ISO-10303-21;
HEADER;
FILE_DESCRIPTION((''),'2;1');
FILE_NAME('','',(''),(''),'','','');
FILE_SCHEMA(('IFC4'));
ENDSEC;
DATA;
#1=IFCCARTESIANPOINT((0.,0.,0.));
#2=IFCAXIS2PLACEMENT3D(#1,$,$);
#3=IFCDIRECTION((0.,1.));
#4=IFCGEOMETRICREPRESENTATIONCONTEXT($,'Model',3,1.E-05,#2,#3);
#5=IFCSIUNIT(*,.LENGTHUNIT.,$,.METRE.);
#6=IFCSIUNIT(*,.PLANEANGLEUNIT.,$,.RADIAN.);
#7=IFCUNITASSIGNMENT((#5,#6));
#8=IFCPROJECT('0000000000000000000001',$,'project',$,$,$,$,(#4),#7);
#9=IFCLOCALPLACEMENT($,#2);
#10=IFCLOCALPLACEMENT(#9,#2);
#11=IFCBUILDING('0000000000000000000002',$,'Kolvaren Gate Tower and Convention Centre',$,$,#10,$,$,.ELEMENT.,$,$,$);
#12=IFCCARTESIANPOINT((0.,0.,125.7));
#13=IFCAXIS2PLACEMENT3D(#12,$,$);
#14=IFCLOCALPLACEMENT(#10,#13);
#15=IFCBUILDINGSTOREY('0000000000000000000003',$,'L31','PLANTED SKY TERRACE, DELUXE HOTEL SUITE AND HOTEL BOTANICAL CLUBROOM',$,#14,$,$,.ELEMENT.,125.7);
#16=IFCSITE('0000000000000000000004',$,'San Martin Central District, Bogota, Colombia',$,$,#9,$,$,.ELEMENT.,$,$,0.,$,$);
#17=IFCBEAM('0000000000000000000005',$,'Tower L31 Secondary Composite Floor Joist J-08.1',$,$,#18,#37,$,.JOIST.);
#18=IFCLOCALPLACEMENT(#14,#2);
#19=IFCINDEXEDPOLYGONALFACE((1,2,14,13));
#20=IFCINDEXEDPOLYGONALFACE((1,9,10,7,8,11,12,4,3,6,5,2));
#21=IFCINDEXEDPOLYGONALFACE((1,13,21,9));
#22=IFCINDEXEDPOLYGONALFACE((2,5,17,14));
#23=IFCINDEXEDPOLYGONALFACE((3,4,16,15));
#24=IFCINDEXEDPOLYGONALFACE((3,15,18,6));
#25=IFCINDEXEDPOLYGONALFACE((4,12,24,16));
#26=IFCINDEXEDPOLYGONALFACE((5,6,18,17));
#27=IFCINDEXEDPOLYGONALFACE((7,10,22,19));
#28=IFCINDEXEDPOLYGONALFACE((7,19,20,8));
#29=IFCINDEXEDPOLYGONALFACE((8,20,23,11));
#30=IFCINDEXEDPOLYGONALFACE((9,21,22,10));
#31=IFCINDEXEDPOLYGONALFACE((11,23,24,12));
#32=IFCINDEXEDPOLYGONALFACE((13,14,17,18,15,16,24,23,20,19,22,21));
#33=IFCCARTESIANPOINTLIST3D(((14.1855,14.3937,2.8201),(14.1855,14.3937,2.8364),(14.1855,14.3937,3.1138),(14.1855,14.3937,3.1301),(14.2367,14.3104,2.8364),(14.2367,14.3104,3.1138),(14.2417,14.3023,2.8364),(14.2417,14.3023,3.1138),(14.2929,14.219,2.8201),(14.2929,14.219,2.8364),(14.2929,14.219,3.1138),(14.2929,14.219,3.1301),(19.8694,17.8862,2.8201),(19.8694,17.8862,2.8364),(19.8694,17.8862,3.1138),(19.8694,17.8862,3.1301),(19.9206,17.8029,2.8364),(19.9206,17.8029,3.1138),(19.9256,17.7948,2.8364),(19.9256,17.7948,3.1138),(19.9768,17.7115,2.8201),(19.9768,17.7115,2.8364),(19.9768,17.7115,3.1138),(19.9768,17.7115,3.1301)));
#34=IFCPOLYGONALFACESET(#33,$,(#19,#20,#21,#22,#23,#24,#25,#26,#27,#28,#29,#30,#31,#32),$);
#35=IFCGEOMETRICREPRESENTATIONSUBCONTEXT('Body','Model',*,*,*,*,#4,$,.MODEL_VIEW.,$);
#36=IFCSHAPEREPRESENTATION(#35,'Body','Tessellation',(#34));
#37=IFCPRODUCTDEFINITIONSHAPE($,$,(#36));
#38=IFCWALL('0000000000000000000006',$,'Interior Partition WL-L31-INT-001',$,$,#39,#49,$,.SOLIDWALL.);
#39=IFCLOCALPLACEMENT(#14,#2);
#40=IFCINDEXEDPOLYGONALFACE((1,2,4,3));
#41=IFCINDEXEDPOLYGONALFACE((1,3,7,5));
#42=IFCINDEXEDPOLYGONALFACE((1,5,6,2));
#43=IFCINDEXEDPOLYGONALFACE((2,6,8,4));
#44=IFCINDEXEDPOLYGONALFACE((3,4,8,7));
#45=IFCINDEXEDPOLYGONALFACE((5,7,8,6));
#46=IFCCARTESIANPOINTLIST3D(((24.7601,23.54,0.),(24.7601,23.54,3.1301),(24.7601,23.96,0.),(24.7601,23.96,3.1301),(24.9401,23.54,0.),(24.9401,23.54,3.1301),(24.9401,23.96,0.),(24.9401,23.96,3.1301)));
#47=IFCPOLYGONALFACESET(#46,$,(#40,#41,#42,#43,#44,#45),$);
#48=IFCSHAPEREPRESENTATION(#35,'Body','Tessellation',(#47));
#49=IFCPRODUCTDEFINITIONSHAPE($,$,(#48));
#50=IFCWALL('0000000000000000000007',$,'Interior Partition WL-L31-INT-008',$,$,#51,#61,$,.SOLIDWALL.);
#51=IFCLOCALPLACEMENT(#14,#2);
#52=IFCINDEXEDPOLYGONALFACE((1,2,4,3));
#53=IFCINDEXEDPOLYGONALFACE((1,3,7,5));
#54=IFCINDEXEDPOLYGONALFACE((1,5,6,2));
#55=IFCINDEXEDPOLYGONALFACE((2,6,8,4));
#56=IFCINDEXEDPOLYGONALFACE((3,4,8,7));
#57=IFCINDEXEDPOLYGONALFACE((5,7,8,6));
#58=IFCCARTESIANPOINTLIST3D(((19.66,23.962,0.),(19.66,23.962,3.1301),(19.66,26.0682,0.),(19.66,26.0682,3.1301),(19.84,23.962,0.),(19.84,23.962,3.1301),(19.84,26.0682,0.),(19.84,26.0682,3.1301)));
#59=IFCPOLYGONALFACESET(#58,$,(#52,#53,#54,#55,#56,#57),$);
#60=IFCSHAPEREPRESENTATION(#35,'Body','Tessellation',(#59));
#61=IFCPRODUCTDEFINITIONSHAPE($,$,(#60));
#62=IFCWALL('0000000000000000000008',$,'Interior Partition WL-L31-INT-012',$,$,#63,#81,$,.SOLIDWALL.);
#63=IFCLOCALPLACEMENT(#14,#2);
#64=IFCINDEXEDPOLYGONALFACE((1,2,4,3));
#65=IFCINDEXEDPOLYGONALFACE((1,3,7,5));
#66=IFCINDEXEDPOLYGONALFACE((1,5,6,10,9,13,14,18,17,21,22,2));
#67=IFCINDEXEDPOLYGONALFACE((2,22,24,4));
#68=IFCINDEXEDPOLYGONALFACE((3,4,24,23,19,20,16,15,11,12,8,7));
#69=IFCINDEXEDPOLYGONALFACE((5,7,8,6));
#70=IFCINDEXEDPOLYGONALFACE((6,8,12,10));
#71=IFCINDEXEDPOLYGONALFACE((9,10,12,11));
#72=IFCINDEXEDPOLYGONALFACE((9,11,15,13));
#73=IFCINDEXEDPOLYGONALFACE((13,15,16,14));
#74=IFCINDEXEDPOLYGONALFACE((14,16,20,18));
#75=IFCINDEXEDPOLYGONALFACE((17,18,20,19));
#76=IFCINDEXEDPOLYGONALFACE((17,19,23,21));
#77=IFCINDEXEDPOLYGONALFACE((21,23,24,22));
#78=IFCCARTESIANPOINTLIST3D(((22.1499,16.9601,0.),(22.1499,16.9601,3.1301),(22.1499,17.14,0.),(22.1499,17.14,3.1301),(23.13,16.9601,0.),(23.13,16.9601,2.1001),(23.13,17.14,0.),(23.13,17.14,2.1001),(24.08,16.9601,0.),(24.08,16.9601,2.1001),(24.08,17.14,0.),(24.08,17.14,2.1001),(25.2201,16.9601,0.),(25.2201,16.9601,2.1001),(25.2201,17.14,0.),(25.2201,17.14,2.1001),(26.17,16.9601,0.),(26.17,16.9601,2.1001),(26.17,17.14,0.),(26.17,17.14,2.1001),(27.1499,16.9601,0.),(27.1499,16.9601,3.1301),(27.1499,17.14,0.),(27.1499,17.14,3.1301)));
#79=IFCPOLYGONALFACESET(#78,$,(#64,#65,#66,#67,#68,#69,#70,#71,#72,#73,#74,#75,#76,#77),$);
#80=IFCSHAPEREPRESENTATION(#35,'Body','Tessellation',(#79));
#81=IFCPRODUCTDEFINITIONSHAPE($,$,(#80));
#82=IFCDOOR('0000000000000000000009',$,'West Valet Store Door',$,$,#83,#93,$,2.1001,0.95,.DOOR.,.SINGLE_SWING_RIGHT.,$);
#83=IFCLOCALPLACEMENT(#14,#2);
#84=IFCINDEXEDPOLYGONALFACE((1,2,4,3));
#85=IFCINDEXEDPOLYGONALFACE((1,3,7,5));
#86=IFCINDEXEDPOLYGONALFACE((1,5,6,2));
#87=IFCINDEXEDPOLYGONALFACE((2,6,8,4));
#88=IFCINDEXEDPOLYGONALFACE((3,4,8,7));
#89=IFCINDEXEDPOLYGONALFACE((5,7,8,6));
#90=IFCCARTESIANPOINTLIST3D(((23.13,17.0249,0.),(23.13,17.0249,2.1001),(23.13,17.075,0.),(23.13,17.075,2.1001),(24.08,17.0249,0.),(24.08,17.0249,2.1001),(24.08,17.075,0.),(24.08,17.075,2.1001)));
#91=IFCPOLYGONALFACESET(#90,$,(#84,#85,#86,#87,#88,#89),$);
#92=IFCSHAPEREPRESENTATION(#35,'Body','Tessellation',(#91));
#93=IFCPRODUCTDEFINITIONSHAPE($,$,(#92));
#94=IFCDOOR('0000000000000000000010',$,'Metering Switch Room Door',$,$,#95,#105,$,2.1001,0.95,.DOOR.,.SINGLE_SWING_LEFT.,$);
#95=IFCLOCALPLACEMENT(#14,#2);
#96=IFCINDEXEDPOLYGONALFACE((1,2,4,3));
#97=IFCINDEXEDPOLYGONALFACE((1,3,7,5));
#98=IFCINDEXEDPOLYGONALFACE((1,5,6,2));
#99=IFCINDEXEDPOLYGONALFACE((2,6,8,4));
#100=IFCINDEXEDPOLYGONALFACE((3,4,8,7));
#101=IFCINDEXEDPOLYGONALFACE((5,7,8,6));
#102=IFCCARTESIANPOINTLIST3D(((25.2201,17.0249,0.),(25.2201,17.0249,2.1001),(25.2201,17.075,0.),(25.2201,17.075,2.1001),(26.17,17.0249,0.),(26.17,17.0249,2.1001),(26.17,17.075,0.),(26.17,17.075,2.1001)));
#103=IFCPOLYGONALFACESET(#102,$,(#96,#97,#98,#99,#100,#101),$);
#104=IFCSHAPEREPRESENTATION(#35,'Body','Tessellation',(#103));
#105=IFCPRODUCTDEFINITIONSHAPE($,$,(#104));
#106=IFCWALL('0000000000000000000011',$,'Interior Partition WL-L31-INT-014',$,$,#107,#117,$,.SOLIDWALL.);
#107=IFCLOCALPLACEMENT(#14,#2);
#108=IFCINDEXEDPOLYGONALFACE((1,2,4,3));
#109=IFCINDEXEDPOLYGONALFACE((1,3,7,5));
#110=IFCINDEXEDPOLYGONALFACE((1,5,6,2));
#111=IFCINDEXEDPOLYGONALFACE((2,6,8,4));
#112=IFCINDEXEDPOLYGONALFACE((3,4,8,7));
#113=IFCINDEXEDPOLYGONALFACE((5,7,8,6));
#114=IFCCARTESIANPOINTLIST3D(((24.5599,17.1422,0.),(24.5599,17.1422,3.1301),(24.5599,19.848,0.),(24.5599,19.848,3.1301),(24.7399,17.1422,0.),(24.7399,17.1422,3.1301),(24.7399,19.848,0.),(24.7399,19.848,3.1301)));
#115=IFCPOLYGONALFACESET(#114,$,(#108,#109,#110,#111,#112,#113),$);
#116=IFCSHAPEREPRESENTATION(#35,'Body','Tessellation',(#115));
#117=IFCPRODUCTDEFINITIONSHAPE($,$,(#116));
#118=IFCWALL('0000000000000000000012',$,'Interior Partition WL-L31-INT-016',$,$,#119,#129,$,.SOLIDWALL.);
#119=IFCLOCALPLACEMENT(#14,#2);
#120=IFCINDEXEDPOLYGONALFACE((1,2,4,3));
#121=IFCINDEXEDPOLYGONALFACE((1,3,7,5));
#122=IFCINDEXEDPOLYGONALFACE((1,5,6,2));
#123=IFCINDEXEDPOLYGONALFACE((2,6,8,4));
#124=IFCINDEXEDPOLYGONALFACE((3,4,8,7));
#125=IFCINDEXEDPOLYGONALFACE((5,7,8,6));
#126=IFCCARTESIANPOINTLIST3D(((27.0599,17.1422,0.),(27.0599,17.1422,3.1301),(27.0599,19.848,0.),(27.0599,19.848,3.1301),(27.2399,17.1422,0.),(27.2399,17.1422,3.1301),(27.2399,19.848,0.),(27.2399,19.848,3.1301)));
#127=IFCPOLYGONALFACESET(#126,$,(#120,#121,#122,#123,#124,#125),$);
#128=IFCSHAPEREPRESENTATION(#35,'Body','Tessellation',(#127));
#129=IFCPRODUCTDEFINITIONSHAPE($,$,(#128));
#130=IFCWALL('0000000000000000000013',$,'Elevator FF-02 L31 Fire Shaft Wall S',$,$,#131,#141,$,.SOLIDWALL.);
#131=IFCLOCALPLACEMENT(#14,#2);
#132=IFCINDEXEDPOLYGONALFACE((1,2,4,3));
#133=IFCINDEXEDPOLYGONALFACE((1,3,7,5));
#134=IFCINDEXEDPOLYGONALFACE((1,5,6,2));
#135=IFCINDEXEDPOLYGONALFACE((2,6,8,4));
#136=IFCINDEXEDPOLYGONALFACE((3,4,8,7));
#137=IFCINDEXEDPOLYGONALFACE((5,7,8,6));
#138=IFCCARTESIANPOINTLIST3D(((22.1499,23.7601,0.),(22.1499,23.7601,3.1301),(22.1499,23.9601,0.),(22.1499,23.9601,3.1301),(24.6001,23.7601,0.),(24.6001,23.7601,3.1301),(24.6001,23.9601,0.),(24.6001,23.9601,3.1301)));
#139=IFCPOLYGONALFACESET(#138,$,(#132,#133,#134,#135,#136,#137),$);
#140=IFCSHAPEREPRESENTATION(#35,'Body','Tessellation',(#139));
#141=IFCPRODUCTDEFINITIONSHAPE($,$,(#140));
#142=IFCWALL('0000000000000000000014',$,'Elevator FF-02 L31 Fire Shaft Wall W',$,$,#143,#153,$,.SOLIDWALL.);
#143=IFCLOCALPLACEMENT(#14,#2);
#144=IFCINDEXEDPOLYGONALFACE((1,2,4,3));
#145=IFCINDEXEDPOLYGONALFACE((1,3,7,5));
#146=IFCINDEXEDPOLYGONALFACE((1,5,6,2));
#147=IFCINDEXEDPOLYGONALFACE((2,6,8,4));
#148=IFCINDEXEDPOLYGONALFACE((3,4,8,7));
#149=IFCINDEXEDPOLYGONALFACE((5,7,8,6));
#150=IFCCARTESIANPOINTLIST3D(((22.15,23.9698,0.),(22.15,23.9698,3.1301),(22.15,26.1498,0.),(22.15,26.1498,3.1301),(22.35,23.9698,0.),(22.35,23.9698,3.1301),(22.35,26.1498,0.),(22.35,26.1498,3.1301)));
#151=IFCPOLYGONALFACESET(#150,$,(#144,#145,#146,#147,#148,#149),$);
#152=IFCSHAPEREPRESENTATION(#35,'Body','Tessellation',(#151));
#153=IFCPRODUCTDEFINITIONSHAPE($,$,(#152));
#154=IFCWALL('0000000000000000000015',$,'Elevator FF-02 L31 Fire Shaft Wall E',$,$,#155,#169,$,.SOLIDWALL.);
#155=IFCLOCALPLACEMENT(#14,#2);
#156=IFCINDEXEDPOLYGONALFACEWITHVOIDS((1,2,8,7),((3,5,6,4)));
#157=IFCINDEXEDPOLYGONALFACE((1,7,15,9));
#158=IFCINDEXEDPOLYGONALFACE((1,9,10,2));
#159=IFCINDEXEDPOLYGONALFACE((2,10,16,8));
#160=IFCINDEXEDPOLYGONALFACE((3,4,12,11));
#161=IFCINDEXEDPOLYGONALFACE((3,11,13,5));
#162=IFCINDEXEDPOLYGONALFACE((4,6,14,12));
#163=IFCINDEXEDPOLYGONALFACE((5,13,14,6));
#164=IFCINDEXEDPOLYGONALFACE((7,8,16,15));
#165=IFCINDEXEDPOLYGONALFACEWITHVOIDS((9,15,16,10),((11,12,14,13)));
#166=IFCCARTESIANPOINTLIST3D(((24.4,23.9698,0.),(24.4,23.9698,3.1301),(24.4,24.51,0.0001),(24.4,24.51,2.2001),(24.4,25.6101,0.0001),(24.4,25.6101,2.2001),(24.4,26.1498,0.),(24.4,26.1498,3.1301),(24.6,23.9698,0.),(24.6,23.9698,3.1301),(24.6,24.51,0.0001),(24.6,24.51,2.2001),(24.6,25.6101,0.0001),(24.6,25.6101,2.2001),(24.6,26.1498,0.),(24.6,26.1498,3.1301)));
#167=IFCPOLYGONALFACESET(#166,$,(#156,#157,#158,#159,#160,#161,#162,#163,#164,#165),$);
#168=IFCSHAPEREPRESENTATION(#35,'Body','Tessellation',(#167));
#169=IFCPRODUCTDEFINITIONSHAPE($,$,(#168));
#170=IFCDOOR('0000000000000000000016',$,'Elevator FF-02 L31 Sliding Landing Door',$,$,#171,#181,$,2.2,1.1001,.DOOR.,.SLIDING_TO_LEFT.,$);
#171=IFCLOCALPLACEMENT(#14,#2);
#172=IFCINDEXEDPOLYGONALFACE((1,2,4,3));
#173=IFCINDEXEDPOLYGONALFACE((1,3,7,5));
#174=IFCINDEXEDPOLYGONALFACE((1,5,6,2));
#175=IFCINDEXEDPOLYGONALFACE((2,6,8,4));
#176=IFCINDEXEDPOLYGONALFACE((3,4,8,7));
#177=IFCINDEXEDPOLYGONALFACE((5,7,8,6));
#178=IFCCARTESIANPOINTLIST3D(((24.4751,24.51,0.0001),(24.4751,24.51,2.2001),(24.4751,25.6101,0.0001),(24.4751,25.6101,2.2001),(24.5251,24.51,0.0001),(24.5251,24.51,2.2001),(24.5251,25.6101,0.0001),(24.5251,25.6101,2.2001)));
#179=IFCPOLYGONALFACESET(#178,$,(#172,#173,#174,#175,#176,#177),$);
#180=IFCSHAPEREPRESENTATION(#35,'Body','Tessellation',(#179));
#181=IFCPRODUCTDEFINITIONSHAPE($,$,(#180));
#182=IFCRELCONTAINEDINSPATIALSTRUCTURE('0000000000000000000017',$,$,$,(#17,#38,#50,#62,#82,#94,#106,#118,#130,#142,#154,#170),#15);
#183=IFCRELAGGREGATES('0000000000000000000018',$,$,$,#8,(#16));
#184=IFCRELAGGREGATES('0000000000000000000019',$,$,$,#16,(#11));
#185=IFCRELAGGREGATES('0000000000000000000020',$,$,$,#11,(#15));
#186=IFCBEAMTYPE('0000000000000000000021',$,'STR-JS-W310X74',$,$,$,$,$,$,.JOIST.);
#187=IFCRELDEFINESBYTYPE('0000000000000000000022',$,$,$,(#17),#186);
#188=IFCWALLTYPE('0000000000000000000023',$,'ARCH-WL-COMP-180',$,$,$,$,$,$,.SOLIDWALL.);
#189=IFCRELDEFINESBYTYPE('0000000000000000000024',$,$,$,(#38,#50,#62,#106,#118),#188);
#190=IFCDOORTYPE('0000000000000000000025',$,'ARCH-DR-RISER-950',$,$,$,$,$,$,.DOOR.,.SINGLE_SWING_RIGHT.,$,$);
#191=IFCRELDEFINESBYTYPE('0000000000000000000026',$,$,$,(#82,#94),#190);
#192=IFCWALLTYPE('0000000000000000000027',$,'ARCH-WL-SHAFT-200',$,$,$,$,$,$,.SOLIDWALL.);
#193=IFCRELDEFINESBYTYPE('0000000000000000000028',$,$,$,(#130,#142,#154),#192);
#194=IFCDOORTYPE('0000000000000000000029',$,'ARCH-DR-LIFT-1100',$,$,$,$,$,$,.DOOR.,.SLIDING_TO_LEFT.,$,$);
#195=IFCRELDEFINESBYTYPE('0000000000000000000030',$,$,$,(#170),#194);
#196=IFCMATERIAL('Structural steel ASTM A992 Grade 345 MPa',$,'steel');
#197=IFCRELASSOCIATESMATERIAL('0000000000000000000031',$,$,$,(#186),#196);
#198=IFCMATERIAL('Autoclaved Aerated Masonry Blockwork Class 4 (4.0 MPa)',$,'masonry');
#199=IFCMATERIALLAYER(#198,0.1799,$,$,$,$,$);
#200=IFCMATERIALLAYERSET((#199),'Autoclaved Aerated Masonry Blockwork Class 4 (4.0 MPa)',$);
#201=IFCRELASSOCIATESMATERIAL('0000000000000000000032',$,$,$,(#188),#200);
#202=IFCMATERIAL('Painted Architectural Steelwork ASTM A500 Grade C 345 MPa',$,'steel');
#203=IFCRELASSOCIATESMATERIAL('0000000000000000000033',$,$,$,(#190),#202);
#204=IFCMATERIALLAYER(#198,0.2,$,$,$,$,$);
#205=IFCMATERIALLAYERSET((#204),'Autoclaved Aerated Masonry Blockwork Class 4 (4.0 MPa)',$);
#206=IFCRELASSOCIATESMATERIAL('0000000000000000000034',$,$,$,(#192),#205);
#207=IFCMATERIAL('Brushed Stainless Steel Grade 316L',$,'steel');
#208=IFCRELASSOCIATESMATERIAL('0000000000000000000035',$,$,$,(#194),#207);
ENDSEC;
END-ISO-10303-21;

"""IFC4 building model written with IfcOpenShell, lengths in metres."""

from ifc_helpers import new_model, si_unit, direction, frame, frame_2d, origin, origin_2d, place, context, subcontext, project, spatial, rectangle, i_section, extrude, material, layer, layer_set, material_profile, profile_set, type_object, element, fill, save


model = new_model("IFC4")

# Units and contexts
model_context = context("Model", 3, precision=1e-05, world=origin(), true_north=direction((0.0, 1.0)))
body_context = subcontext(model_context, "Body", "Model", "MODEL_VIEW")
ifc_project = project(units=[si_unit("LENGTHUNIT", "METRE"), si_unit("PLANEANGLEUNIT", "RADIAN")], contexts=[model_context])

# Site, building, storey
site_placement = place(None, origin())
site = spatial("IfcSite", under=ifc_project, at=site_placement, Name="San Martin Central District, Bogota, Colombia", CompositionType="ELEMENT", RefElevation=0.0)
building_placement = place(site_placement, origin())
building = spatial("IfcBuilding", under=site, at=building_placement, Name="Kolvaren Gate Tower and Convention Centre", CompositionType="ELEMENT")
storey_placement = place(building_placement, frame((0.0, 0.0, 125.7)))
storey = spatial("IfcBuildingStorey", under=building, at=storey_placement, Name="L31", Description="PLANTED SKY TERRACE, DELUXE HOTEL SUITE AND HOTEL BOTANICAL CLUBROOM", CompositionType="ELEMENT", Elevation=125.7)

# Beam
ifc_material_1 = material(Name="Structural steel ASTM A992 Grade 345 MPa", Category="steel")
ifc_material_profile = material_profile(ifc_material_1, i_section(OverallWidth=0.2051, OverallDepth=0.3101, WebThickness=0.0095, FlangeThickness=0.0164, at=origin_2d()), Name="W310X74")
ifc_profile_set = profile_set([ifc_material_profile], Name="Structural steel ASTM A992 Grade 345 MPa")
beam_type = type_object("IfcBeamType", Name="STR-JS-W310X74", PredefinedType="JOIST", material=ifc_profile_set)
beam_placement = place(storey_placement, frame((19.9231, 17.7988, 2.9751), z_axis=(-0.852014, -0.523519, 0.0), x_axis=(0.523519, -0.852014, 0.0)))
element("IfcBeam", 1, at=beam_placement, inside=storey, type_object=beam_type, Name="Tower L31 Secondary Composite Floor Joist J-08.1", PredefinedType="JOIST", context=body_context, shape_type="SweptSolid", body=[
    extrude(i_section(OverallWidth=0.2051, OverallDepth=0.3101, WebThickness=0.0095, FlangeThickness=0.0164, at=origin_2d()), origin(), (0.0, 0.0, 1.0), 6.6711),
])

# Walls
ifc_material_2 = material(Name="Autoclaved Aerated Masonry Blockwork Class 4 (4.0 MPa)", Category="masonry")
ifc_layer_1 = layer(ifc_material_2, 0.1799)
ifc_layer_set_1 = layer_set([ifc_layer_1], Name="Autoclaved Aerated Masonry Blockwork Class 4 (4.0 MPa)")
wall_type_1 = type_object("IfcWallType", Name="ARCH-WL-COMP-180", PredefinedType="SOLIDWALL", material=ifc_layer_set_1)
wall_1_placement = place(storey_placement, frame((24.8501, 23.54, 0.0), z_axis=(0.0, 0.0, 1.0), x_axis=(0.0, 1.0, 0.0)))
element("IfcWall", 2, at=wall_1_placement, inside=storey, type_object=wall_type_1, Name="Interior Partition WL-L31-INT-001", PredefinedType="SOLIDWALL", context=body_context, shape_type="SweptSolid", body=[
    extrude(rectangle(XDim=0.4199, YDim=0.1799, at=frame_2d((0.21, 0.0))), origin(), (0.0, 0.0, 1.0), 3.1301),
])
wall_2_placement = place(storey_placement, frame((19.75, 23.9619, 0.0), z_axis=(0.0, 0.0, 1.0), x_axis=(0.0, 1.0, 0.0)))
element("IfcWall", 3, at=wall_2_placement, inside=storey, type_object=wall_type_1, Name="Interior Partition WL-L31-INT-008", PredefinedType="SOLIDWALL", context=body_context, shape_type="SweptSolid", body=[
    extrude(rectangle(XDim=2.1062, YDim=0.1799, at=frame_2d((1.0532, 0.0))), origin(), (0.0, 0.0, 1.0), 3.1301),
])

# Wall, openings, doors
wall_3_placement = place(storey_placement, frame((22.1499, 17.05, 0.0), z_axis=(0.0, 0.0, 1.0), x_axis=(1.0, 0.0, 0.0)))
wall_3 = element("IfcWall", 4, at=wall_3_placement, inside=storey, type_object=wall_type_1, Name="Interior Partition WL-L31-INT-012", PredefinedType="SOLIDWALL", context=body_context, shape_type="SweptSolid", body=[
    extrude(rectangle(XDim=5.0, YDim=0.1799, at=frame_2d((2.5, 0.0))), origin(), (0.0, 0.0, 1.0), 3.1301),
])
opening_1_placement = place(wall_3_placement, frame((0.98, 0.0, 0.0)))
opening_1 = element("IfcOpeningElement", 5, at=opening_1_placement, cuts=wall_3, PredefinedType="OPENING", context=body_context, shape_type="SweptSolid", body=[
    extrude(rectangle(XDim=0.95, YDim=2.1001, at=frame_2d((0.4751, 1.05))), frame((0.0, 0.0999, 0.0), z_axis=(0.0, -1.0, 0.0), x_axis=(1.0, 0.0, 0.0)), (0.0, 0.0, 1.0), 0.2),
])
opening_2_placement = place(wall_3_placement, frame((3.0701, 0.0, 0.0)))
opening_2 = element("IfcOpeningElement", 6, at=opening_2_placement, cuts=wall_3, PredefinedType="OPENING", context=body_context, shape_type="SweptSolid", body=[
    extrude(rectangle(XDim=0.95, YDim=2.1001, at=frame_2d((0.4751, 1.05))), frame((0.0, 0.0999, 0.0), z_axis=(0.0, -1.0, 0.0), x_axis=(1.0, 0.0, 0.0)), (0.0, 0.0, 1.0), 0.2),
])
ifc_material_3 = material(Name="Painted Architectural Steelwork ASTM A500 Grade C 345 MPa", Category="steel")
door_type_1 = type_object("IfcDoorType", Name="ARCH-DR-RISER-950", OperationType="SINGLE_SWING_RIGHT", PredefinedType="DOOR", material=ifc_material_3)
door_1_placement = place(opening_1_placement, origin())
door_1 = element("IfcDoor", 7, at=door_1_placement, inside=storey, type_object=door_type_1, Name="West Valet Store Door", OperationType="SINGLE_SWING_RIGHT", OverallHeight=2.1001, OverallWidth=0.95, PredefinedType="DOOR", context=body_context, shape_type="SweptSolid", body=[
    extrude(rectangle(XDim=0.95, YDim=2.1001, at=frame_2d((0.4751, 1.05))), frame((0.0, 0.0249, 0.0), z_axis=(0.0, -1.0, 0.0), x_axis=(1.0, 0.0, 0.0)), (0.0, 0.0, 1.0), 0.05),
])
fill(opening_1, door_1)
door_2_placement = place(opening_2_placement, origin())
door_2 = element("IfcDoor", 8, at=door_2_placement, inside=storey, type_object=door_type_1, Name="Metering Switch Room Door", OperationType="SINGLE_SWING_LEFT", OverallHeight=2.1001, OverallWidth=0.95, PredefinedType="DOOR", context=body_context, shape_type="SweptSolid", body=[
    extrude(rectangle(XDim=0.95, YDim=2.1001, at=frame_2d((0.4751, 1.05))), frame((0.0, 0.0249, 0.0), z_axis=(0.0, -1.0, 0.0), x_axis=(1.0, 0.0, 0.0)), (0.0, 0.0, 1.0), 0.05),
])
fill(opening_2, door_2)

# Walls
for number, where, z_axis, x_axis, name in (
    (9, (24.6499, 17.1421, 0.0), (0.0, 0.0, 1.0), (0.0, 1.0, 0.0), "Interior Partition WL-L31-INT-014"),
    (10, (27.1499, 17.1421, 0.0), (0.0, 0.0, 1.0), (0.0, 1.0, 0.0), "Interior Partition WL-L31-INT-016"),
):
    element("IfcWall", number, at=place(storey_placement, frame(where, z_axis=z_axis, x_axis=x_axis)), inside=storey, type_object=wall_type_1, Name=name, PredefinedType="SOLIDWALL", context=body_context, shape_type="SweptSolid", body=[
        extrude(rectangle(XDim=2.7058, YDim=0.1799, at=frame_2d((1.353, 0.0))), origin(), (0.0, 0.0, 1.0), 3.1301),
    ])
ifc_layer_2 = layer(ifc_material_2, 0.2)
ifc_layer_set_2 = layer_set([ifc_layer_2], Name="Autoclaved Aerated Masonry Blockwork Class 4 (4.0 MPa)")
wall_type_2 = type_object("IfcWallType", Name="ARCH-WL-SHAFT-200", PredefinedType="SOLIDWALL", material=ifc_layer_set_2)
wall_4_placement = place(storey_placement, frame((22.1499, 23.8601, 0.0), z_axis=(0.0, 0.0, 1.0), x_axis=(1.0, 0.0, 0.0)))
element("IfcWall", 11, at=wall_4_placement, inside=storey, type_object=wall_type_2, Name="Elevator FF-02 L31 Fire Shaft Wall S", PredefinedType="SOLIDWALL", context=body_context, shape_type="SweptSolid", body=[
    extrude(rectangle(XDim=2.4502, YDim=0.2, at=frame_2d((1.2251, 0.0))), origin(), (0.0, 0.0, 1.0), 3.1301),
])
wall_5_placement = place(storey_placement, frame((22.25, 23.97, 0.0), z_axis=(0.0, 0.0, 1.0), x_axis=(0.0, 1.0, 0.0)))
element("IfcWall", 12, at=wall_5_placement, inside=storey, type_object=wall_type_2, Name="Elevator FF-02 L31 Fire Shaft Wall W", PredefinedType="SOLIDWALL", context=body_context, shape_type="SweptSolid", body=[
    extrude(rectangle(XDim=2.1799, YDim=0.2, at=frame_2d((1.0898, 0.0))), origin(), (0.0, 0.0, 1.0), 3.1301),
])

# Wall, opening, door
wall_6_placement = place(storey_placement, frame((24.5, 23.97, 0.0), z_axis=(0.0, 0.0, 1.0), x_axis=(0.0, 1.0, 0.0)))
wall_6 = element("IfcWall", 13, at=wall_6_placement, inside=storey, type_object=wall_type_2, Name="Elevator FF-02 L31 Fire Shaft Wall E", PredefinedType="SOLIDWALL", context=body_context, shape_type="SweptSolid", body=[
    extrude(rectangle(XDim=2.1799, YDim=0.2, at=frame_2d((1.0898, 0.0))), origin(), (0.0, 0.0, 1.0), 3.1301),
])
opening_3_placement = place(wall_6_placement, frame((0.54, 0.0, 0.0)))
opening_3 = element("IfcOpeningElement", 14, at=opening_3_placement, cuts=wall_6, PredefinedType="OPENING", context=body_context, shape_type="SweptSolid", body=[
    extrude(rectangle(XDim=1.1001, YDim=2.2, at=frame_2d((0.55, 1.1001))), frame((0.0, 0.1099, 0.0), z_axis=(0.0, -1.0, 0.0), x_axis=(1.0, 0.0, 0.0)), (0.0, 0.0, 1.0), 0.22),
])
ifc_material_4 = material(Name="Brushed Stainless Steel Grade 316L", Category="steel")
door_type_2 = type_object("IfcDoorType", Name="ARCH-DR-LIFT-1100", OperationType="SLIDING_TO_LEFT", PredefinedType="DOOR", material=ifc_material_4)
door_3_placement = place(opening_3_placement, origin())
door_3 = element("IfcDoor", 15, at=door_3_placement, inside=storey, type_object=door_type_2, Name="Elevator FF-02 L31 Sliding Landing Door", OperationType="SLIDING_TO_LEFT", OverallHeight=2.2, OverallWidth=1.1001, PredefinedType="DOOR", context=body_context, shape_type="SweptSolid", body=[
    extrude(rectangle(XDim=1.1001, YDim=2.2, at=frame_2d((0.55, 1.1001))), frame((0.0, 0.0249, 0.0), z_axis=(0.0, -1.0, 0.0), x_axis=(1.0, 0.0, 0.0)), (0.0, 0.0, 1.0), 0.05),
])
fill(opening_3, door_3)

save(model, "model.ifc")
